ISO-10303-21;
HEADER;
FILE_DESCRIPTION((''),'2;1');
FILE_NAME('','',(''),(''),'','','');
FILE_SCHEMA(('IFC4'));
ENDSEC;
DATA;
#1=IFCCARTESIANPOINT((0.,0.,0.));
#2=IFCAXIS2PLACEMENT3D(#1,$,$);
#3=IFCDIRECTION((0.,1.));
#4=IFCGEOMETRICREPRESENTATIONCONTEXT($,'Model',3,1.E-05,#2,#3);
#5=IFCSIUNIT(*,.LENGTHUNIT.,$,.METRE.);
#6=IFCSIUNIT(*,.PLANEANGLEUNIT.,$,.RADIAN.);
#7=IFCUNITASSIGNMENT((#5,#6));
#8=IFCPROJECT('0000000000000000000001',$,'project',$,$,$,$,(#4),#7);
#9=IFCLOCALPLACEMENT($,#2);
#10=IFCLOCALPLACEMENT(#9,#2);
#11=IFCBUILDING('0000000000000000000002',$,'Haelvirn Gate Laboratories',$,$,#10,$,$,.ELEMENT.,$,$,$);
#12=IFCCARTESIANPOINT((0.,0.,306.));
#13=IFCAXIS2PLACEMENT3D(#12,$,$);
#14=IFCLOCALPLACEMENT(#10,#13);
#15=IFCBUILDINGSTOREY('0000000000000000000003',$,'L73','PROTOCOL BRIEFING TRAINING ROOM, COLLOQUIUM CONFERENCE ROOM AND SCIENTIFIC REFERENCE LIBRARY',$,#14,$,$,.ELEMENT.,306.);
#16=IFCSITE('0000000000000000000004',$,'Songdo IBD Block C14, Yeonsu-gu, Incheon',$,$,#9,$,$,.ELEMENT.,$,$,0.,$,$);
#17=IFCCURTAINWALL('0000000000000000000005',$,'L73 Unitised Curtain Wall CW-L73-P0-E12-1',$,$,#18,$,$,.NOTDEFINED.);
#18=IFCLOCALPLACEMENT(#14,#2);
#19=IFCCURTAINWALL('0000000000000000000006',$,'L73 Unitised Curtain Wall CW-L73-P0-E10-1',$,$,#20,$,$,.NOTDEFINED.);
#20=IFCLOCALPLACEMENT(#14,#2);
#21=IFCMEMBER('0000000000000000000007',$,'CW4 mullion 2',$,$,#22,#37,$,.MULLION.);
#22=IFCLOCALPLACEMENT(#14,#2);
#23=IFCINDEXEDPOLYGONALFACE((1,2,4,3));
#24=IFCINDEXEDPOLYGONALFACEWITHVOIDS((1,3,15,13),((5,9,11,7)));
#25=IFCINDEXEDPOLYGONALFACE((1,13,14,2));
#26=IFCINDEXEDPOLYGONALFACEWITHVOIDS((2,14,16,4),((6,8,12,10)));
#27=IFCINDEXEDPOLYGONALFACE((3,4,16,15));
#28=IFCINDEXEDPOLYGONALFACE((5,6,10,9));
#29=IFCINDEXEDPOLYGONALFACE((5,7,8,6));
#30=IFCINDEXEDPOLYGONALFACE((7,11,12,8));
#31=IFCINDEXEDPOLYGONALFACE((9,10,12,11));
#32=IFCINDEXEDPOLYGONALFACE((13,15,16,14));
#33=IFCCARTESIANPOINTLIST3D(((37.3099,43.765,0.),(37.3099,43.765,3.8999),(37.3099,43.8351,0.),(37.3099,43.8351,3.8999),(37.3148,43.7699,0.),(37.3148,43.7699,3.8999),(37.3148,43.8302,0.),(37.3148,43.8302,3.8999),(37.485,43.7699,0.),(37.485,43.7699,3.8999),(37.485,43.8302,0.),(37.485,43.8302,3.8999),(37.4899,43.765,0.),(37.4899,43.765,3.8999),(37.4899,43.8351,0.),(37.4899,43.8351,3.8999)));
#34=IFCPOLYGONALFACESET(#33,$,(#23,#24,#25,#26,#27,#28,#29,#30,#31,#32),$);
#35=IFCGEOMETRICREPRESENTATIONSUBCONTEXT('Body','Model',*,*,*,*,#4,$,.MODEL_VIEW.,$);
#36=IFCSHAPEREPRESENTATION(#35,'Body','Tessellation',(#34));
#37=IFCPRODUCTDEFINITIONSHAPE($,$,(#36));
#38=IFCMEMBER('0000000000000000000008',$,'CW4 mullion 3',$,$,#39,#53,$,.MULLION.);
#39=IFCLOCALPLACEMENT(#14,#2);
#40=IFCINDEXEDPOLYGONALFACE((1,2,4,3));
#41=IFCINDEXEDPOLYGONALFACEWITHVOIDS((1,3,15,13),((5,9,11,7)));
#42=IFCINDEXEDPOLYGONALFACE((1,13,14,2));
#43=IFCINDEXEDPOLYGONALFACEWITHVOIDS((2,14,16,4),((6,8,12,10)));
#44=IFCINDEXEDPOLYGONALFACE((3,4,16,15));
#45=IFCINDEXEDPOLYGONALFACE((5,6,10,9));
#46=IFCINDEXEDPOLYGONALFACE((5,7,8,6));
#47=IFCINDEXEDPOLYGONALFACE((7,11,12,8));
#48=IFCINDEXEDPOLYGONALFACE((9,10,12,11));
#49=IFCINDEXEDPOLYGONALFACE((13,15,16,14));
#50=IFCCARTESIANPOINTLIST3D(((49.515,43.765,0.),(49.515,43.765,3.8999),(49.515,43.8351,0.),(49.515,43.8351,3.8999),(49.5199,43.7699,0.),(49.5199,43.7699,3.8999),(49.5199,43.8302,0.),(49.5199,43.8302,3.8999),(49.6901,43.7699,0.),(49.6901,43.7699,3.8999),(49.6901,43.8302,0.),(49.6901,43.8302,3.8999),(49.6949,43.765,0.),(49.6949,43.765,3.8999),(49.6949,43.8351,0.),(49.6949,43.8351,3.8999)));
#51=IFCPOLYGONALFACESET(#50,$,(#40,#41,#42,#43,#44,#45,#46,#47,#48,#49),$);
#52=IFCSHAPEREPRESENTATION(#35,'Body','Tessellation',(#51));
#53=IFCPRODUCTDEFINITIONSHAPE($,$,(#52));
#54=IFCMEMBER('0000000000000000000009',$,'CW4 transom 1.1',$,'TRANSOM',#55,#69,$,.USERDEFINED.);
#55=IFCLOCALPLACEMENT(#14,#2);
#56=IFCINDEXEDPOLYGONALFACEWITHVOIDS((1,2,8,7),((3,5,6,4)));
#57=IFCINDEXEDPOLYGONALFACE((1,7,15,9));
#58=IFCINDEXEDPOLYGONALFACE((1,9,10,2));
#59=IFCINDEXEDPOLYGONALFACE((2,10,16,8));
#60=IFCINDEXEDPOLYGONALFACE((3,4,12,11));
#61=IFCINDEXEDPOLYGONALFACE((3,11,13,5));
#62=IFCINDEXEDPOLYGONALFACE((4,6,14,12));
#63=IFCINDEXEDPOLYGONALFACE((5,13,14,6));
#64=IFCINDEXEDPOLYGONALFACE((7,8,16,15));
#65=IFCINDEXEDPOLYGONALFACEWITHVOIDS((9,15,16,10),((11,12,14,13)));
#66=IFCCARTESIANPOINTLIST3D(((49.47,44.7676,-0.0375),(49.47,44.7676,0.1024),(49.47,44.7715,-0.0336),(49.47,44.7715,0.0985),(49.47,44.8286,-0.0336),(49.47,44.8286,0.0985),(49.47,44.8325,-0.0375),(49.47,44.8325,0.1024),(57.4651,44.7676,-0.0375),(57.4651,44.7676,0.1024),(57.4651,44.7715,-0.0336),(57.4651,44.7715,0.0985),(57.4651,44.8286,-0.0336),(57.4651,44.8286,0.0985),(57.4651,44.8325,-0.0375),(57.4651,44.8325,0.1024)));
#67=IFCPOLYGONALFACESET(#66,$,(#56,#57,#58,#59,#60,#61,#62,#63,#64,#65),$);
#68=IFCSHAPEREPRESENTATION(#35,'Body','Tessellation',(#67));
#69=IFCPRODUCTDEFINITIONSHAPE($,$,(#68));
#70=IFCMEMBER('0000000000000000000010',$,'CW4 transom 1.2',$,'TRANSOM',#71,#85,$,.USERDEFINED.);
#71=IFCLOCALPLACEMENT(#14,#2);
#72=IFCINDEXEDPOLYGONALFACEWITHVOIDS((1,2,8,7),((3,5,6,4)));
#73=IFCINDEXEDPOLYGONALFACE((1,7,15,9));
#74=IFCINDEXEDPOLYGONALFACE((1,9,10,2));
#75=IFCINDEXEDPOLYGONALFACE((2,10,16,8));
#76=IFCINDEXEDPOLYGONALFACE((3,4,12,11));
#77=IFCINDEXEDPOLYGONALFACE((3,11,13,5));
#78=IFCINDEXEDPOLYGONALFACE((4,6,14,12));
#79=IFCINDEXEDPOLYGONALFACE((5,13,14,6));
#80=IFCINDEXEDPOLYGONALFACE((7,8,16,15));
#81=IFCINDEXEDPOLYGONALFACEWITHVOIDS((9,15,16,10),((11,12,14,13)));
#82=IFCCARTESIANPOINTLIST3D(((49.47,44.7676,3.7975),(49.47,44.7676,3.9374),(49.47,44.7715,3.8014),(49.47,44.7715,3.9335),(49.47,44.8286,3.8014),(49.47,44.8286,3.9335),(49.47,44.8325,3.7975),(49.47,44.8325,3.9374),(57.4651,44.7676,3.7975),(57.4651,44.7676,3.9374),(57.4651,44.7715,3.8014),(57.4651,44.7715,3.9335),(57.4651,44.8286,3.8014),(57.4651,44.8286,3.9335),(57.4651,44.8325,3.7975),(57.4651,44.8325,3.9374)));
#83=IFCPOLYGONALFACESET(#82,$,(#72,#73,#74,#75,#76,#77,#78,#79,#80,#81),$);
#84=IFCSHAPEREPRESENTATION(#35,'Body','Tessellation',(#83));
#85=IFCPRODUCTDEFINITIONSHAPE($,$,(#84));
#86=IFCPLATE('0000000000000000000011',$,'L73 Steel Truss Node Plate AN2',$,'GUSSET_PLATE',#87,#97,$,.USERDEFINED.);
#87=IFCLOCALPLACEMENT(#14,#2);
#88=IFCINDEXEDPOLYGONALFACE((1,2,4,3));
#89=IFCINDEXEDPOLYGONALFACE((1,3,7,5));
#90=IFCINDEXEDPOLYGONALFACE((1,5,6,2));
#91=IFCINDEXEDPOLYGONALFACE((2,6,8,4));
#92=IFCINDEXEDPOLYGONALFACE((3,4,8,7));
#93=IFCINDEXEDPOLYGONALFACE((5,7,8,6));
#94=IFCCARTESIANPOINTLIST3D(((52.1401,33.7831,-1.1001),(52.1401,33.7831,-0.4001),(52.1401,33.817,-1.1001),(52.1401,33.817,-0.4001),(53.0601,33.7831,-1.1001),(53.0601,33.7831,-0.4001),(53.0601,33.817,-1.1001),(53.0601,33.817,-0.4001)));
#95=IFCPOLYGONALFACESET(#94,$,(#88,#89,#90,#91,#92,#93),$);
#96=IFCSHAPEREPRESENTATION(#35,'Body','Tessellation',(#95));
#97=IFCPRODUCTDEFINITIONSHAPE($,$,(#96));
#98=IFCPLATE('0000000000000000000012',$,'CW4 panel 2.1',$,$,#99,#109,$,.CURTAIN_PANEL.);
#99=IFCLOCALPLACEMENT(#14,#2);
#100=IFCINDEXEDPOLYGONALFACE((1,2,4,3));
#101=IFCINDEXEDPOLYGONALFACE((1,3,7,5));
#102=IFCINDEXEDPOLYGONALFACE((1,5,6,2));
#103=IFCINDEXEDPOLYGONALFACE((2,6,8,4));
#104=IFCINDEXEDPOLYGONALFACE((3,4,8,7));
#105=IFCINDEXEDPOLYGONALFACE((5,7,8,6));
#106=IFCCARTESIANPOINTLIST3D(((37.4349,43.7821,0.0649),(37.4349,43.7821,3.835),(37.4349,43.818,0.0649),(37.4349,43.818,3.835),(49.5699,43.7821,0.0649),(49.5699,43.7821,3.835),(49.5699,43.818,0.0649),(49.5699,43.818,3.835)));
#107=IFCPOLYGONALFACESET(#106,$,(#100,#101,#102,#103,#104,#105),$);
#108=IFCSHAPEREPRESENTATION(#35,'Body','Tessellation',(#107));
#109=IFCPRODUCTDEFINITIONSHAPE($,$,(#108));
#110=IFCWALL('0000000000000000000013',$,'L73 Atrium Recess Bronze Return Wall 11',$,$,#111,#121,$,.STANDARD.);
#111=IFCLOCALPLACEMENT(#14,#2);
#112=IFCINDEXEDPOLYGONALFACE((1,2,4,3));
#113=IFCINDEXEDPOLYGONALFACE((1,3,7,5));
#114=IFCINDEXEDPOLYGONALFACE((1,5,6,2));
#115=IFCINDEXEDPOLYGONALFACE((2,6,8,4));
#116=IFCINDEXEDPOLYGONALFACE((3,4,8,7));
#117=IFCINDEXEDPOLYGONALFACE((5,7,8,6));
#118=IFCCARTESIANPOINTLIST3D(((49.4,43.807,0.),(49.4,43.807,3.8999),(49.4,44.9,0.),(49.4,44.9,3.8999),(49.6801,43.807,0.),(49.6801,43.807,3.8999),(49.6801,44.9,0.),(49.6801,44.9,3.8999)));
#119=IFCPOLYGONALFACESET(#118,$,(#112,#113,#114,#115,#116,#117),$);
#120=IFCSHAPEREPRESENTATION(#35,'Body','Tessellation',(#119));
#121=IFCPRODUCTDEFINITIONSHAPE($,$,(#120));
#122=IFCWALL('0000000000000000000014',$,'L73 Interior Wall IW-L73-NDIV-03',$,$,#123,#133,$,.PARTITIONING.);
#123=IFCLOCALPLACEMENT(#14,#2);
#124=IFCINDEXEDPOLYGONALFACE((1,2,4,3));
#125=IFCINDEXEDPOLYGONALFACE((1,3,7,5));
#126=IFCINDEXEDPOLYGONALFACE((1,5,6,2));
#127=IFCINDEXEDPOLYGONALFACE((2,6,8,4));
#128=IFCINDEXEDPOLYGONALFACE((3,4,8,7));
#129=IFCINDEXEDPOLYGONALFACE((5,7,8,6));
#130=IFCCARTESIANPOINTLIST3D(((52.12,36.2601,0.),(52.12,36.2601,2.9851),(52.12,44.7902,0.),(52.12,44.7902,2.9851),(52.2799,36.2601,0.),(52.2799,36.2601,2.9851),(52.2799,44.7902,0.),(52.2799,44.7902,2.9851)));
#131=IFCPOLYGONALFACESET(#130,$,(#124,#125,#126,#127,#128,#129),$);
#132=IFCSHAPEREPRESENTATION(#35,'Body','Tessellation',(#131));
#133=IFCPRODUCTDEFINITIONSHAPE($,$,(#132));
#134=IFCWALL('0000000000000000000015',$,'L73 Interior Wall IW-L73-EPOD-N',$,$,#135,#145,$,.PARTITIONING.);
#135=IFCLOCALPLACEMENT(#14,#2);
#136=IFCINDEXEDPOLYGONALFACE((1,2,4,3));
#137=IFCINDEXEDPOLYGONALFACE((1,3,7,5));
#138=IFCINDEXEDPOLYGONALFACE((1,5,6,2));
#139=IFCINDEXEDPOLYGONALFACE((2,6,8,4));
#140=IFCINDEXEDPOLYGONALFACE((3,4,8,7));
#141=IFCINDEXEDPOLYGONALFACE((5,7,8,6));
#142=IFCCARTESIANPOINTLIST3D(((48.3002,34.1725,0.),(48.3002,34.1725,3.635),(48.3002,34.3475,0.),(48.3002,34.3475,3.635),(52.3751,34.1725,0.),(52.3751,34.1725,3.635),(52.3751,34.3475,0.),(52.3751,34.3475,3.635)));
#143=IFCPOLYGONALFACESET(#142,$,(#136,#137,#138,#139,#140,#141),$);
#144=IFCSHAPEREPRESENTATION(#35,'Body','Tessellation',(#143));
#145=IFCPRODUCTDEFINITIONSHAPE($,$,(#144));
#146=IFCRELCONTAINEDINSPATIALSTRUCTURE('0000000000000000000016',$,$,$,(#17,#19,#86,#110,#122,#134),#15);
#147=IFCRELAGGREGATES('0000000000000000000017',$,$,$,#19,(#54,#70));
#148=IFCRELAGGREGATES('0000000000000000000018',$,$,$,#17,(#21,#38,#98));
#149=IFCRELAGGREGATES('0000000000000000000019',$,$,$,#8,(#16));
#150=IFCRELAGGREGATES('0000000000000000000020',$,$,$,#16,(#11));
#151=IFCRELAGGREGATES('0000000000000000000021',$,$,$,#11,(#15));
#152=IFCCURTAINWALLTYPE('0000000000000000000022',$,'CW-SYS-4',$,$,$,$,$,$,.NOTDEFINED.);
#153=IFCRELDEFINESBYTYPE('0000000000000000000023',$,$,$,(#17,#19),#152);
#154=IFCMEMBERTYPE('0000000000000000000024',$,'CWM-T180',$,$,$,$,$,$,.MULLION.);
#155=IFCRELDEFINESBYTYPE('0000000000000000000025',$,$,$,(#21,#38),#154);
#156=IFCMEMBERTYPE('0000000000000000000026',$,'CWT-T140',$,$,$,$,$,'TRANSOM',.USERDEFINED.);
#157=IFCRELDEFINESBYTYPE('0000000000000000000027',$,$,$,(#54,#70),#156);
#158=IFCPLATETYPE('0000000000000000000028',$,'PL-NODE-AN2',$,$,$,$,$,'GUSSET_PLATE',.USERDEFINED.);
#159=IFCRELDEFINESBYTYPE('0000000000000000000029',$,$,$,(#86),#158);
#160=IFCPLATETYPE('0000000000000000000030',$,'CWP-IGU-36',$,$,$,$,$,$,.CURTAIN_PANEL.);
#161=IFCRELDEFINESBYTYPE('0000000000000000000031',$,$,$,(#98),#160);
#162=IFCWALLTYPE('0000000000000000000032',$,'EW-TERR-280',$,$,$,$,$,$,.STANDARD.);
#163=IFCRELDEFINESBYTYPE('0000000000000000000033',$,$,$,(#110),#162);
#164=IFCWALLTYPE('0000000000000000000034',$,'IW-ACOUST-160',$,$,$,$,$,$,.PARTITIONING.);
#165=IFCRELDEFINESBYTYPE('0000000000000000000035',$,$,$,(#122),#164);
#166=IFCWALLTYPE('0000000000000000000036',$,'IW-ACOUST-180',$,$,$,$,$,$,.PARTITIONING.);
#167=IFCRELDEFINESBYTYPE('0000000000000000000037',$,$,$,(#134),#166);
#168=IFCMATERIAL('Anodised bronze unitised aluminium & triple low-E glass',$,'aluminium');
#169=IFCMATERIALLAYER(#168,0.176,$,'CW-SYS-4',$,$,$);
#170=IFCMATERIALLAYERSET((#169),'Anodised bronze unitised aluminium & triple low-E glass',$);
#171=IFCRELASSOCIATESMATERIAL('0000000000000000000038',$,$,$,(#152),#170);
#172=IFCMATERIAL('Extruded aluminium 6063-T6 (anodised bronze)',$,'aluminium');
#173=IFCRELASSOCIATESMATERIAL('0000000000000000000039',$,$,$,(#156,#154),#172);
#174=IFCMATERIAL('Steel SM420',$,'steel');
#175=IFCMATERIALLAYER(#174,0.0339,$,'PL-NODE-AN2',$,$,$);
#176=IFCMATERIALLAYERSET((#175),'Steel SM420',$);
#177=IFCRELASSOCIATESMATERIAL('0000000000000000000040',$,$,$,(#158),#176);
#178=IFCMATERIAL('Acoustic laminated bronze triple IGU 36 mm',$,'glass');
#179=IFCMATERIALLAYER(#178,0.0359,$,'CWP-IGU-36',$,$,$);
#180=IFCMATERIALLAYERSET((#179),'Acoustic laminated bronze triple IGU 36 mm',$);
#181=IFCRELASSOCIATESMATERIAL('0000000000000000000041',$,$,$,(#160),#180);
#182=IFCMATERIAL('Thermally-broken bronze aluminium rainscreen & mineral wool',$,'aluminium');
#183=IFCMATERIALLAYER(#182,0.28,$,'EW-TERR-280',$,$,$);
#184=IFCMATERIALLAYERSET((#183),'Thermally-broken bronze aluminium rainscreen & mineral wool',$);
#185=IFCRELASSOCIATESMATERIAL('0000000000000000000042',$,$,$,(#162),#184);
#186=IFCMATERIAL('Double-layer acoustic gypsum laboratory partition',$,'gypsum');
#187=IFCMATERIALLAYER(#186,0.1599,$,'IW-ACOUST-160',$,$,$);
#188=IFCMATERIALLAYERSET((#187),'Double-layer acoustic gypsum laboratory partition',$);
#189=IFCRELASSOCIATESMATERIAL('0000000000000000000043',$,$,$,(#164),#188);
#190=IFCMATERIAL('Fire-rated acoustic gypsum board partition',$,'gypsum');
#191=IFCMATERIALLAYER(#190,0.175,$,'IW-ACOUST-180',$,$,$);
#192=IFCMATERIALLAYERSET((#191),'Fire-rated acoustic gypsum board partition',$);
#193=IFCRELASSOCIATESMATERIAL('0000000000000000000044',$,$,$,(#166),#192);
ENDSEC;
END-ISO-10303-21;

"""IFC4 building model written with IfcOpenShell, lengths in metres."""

from ifc_helpers import new_model, si_unit, direction, frame, frame_2d, origin, origin_2d, place, context, subcontext, project, spatial, rectangle, hollow_rectangle, extrude, source, transform, mapped, material, layer, layer_set, material_profile, profile_set, type_object, type_shapes, element, aggregate, save


model = new_model("IFC4")

# Units and contexts
model_context = context("Model", 3, precision=1e-05, world=origin(), true_north=direction((0.0, 1.0)))
body_context = subcontext(model_context, "Body", "Model", "MODEL_VIEW")
ifc_project = project(units=[si_unit("LENGTHUNIT", "METRE"), si_unit("PLANEANGLEUNIT", "RADIAN")], contexts=[model_context])

# Site, building, storey
site_placement = place(None, origin())
site = spatial("IfcSite", under=ifc_project, at=site_placement, Name="Songdo IBD Block C14, Yeonsu-gu, Incheon", CompositionType="ELEMENT", RefElevation=0.0)
building_placement = place(site_placement, origin())
building = spatial("IfcBuilding", under=site, at=building_placement, Name="Haelvirn Gate Laboratories", CompositionType="ELEMENT")
storey_placement = place(building_placement, frame((0.0, 0.0, 306.0)))
storey = spatial("IfcBuildingStorey", under=building, at=storey_placement, Name="L73", Description="PROTOCOL BRIEFING TRAINING ROOM, COLLOQUIUM CONFERENCE ROOM AND SCIENTIFIC REFERENCE LIBRARY", CompositionType="ELEMENT", Elevation=306.0)

# Shared definitions
ifc_material_1 = material(Name="Steel SM420", Category="steel")

# Curtain wall
ifc_material_2 = material(Name="Anodised bronze unitised aluminium & triple low-E glass", Category="aluminium")
ifc_layer_1 = layer(ifc_material_2, 0.176, Name="CW-SYS-4")
ifc_layer_set_1 = layer_set([ifc_layer_1], Name="Anodised bronze unitised aluminium & triple low-E glass")
curtain_wall_type = type_object("IfcCurtainWallType", Name="CW-SYS-4", PredefinedType="NOTDEFINED", material=ifc_layer_set_1)
curtain_wall_1_placement = place(storey_placement, origin())
curtain_wall_1 = element("IfcCurtainWall", 1, at=curtain_wall_1_placement, inside=storey, type_object=curtain_wall_type, Name="L73 Unitised Curtain Wall CW-L73-P0-E12-1", PredefinedType="NOTDEFINED")
ifc_material_3 = material(Name="Extruded aluminium 6063-T6 (anodised bronze)", Category="aluminium")
ifc_material_profile_1 = material_profile(ifc_material_3, hollow_rectangle(XDim=0.0649, YDim=0.1399, WallThickness=0.0039, at=origin_2d()), Name="CWT-140x65x4")
ifc_profile_set_1 = profile_set([ifc_material_profile_1], Name="Extruded aluminium 6063-T6 (anodised bronze)")
member_type_1 = type_object("IfcMemberType", Name="CWT-T140", ElementType="TRANSOM", PredefinedType="USERDEFINED", material=ifc_profile_set_1)

# Curtain wall
curtain_wall_2_placement = place(storey_placement, origin())
curtain_wall_2 = element("IfcCurtainWall", 2, at=curtain_wall_2_placement, inside=storey, type_object=curtain_wall_type, Name="L73 Unitised Curtain Wall CW-L73-P0-E10-1", PredefinedType="NOTDEFINED")
ifc_material_profile_2 = material_profile(ifc_material_3, hollow_rectangle(XDim=0.0701, YDim=0.1799, WallThickness=0.0049, at=origin_2d()), Name="CWM-180x70x5")
ifc_profile_set_2 = profile_set([ifc_material_profile_2], Name="Extruded aluminium 6063-T6 (anodised bronze)")
member_type_2 = type_object("IfcMemberType", Name="CWM-T180", PredefinedType="MULLION", material=ifc_profile_set_2)
shared_shape_1 = source(origin(), body_context, "Body", "SweptSolid", [
    extrude(hollow_rectangle(XDim=0.0701, YDim=0.1799, WallThickness=0.0049, at=origin_2d()), origin(), (0.0, 0.0, 1.0), 3.8999),
])
type_shapes(member_type_2, [shared_shape_1])

# Members
member_1_placement = place(storey_placement, frame((37.3999, 43.8, 0.0), z_axis=(0.0, 0.0, 1.0), x_axis=(0.0, 1.0, 0.0)))
member_1 = element("IfcMember", 3, at=member_1_placement, type_object=member_type_2, Name="CW4 mullion 2", PredefinedType="MULLION", context=body_context, shape_type="MappedRepresentation", body=[
    mapped(shared_shape_1, transform((0.0, 0.0, 0.0), scale=1.0)),
])
member_2_placement = place(storey_placement, frame((49.605, 43.8, 0.0), z_axis=(0.0, 0.0, 1.0), x_axis=(0.0, 1.0, 0.0)))
member_2 = element("IfcMember", 4, at=member_2_placement, type_object=member_type_2, Name="CW4 mullion 3", PredefinedType="MULLION", context=body_context, shape_type="MappedRepresentation", body=[
    mapped(shared_shape_1, transform((0.0, 0.0, 0.0), scale=1.0)),
])
shared_shape_2 = source(origin(), body_context, "Body", "SweptSolid", [
    extrude(hollow_rectangle(XDim=0.0649, YDim=0.1399, WallThickness=0.0039, at=origin_2d()), origin(), (0.0, 0.0, 1.0), 7.9951),
])
member_3_placement = place(storey_placement, frame((49.47, 44.8, 0.0325), z_axis=(1.0, 0.0, 0.0), x_axis=(0.0, 1.0, 0.0)))
member_3 = element("IfcMember", 5, at=member_3_placement, type_object=member_type_1, Name="CW4 transom 1.1", ObjectType="TRANSOM", PredefinedType="USERDEFINED", context=body_context, shape_type="MappedRepresentation", body=[
    mapped(shared_shape_2, transform((0.0, 0.0, 0.0), scale=1.0)),
])
member_4_placement = place(storey_placement, frame((49.47, 44.8, 3.8674), z_axis=(1.0, 0.0, 0.0), x_axis=(0.0, 1.0, 0.0)))
member_4 = element("IfcMember", 6, at=member_4_placement, type_object=member_type_1, Name="CW4 transom 1.2", ObjectType="TRANSOM", PredefinedType="USERDEFINED", context=body_context, shape_type="MappedRepresentation", body=[
    mapped(shared_shape_2, transform((0.0, 0.0, 0.0), scale=1.0)),
])
aggregate(curtain_wall_2, [member_3, member_4])

# Plates
ifc_layer_2 = layer(ifc_material_1, 0.0339, Name="PL-NODE-AN2")
ifc_layer_set_2 = layer_set([ifc_layer_2], Name="Steel SM420")
plate_type_1 = type_object("IfcPlateType", Name="PL-NODE-AN2", ElementType="GUSSET_PLATE", PredefinedType="USERDEFINED", material=ifc_layer_set_2)
shared_shape_3 = source(origin(), body_context, "Body", "SweptSolid", [
    extrude(rectangle(XDim=0.9199, YDim=0.0339, at=origin_2d()), origin(), (0.0, 0.0, 1.0), 0.7),
])
type_shapes(plate_type_1, [shared_shape_3])
plate_1_placement = place(storey_placement, frame((52.6001, 33.8, -1.1001), z_axis=(0.0, 0.0, 1.0), x_axis=(1.0, 0.0, 0.0)))
element("IfcPlate", 7, at=plate_1_placement, inside=storey, type_object=plate_type_1, Name="L73 Steel Truss Node Plate AN2", ObjectType="GUSSET_PLATE", PredefinedType="USERDEFINED", context=body_context, shape_type="MappedRepresentation", body=[
    mapped(shared_shape_3, transform((0.0, 0.0, 0.0), scale=1.0)),
])
ifc_material_4 = material(Name="Acoustic laminated bronze triple IGU 36 mm", Category="glass")
ifc_layer_3 = layer(ifc_material_4, 0.0359, Name="CWP-IGU-36")
ifc_layer_set_3 = layer_set([ifc_layer_3], Name="Acoustic laminated bronze triple IGU 36 mm")
plate_type_2 = type_object("IfcPlateType", Name="CWP-IGU-36", PredefinedType="CURTAIN_PANEL", material=ifc_layer_set_3)
shared_shape_4 = source(origin(), body_context, "Body", "SweptSolid", [
    extrude(rectangle(XDim=12.135, YDim=0.0359, at=origin_2d()), origin(), (0.0, 0.0, 1.0), 3.77),
])
type_shapes(plate_type_2, [shared_shape_4])
plate_2_placement = place(storey_placement, frame((43.5024, 43.8, 0.0649), z_axis=(0.0, 0.0, 1.0), x_axis=(1.0, 0.0, 0.0)))
plate_2 = element("IfcPlate", 8, at=plate_2_placement, type_object=plate_type_2, Name="CW4 panel 2.1", PredefinedType="CURTAIN_PANEL", context=body_context, shape_type="MappedRepresentation", body=[
    mapped(shared_shape_4, transform((0.0, 0.0, 0.0), scale=1.0)),
])
aggregate(curtain_wall_1, [member_1, member_2, plate_2])

# Walls
ifc_material_5 = material(Name="Thermally-broken bronze aluminium rainscreen & mineral wool", Category="aluminium")
ifc_layer_4 = layer(ifc_material_5, 0.28, Name="EW-TERR-280")
ifc_layer_set_4 = layer_set([ifc_layer_4], Name="Thermally-broken bronze aluminium rainscreen & mineral wool")
wall_type_1 = type_object("IfcWallType", Name="EW-TERR-280", PredefinedType="STANDARD", material=ifc_layer_set_4)
wall_1_placement = place(storey_placement, frame((49.54, 44.8999, 0.0), z_axis=(0.0, 0.0, 1.0), x_axis=(0.0, -1.0, 0.0)))
element("IfcWall", 9, at=wall_1_placement, inside=storey, type_object=wall_type_1, Name="L73 Atrium Recess Bronze Return Wall 11", PredefinedType="STANDARD", context=body_context, shape_type="SweptSolid", body=[
    extrude(rectangle(XDim=1.093, YDim=0.28, at=frame_2d((0.5464, 0.0))), origin(), (0.0, 0.0, 1.0), 3.8999),
])
ifc_material_6 = material(Name="Double-layer acoustic gypsum laboratory partition", Category="gypsum")
ifc_layer_5 = layer(ifc_material_6, 0.1599, Name="IW-ACOUST-160")
ifc_layer_set_5 = layer_set([ifc_layer_5], Name="Double-layer acoustic gypsum laboratory partition")
wall_type_2 = type_object("IfcWallType", Name="IW-ACOUST-160", PredefinedType="PARTITIONING", material=ifc_layer_set_5)
wall_2_placement = place(storey_placement, frame((52.2, 36.26, 0.0), z_axis=(0.0, 0.0, 1.0), x_axis=(0.0, 1.0, 0.0)))
element("IfcWall", 10, at=wall_2_placement, inside=storey, type_object=wall_type_2, Name="L73 Interior Wall IW-L73-NDIV-03", PredefinedType="PARTITIONING", context=body_context, shape_type="SweptSolid", body=[
    extrude(rectangle(XDim=8.53, YDim=0.1599, at=frame_2d((4.2651, 0.0))), origin(), (0.0, 0.0, 1.0), 2.9851),
])
ifc_material_7 = material(Name="Fire-rated acoustic gypsum board partition", Category="gypsum")
ifc_layer_6 = layer(ifc_material_7, 0.175, Name="IW-ACOUST-180")
ifc_layer_set_6 = layer_set([ifc_layer_6], Name="Fire-rated acoustic gypsum board partition")
wall_type_3 = type_object("IfcWallType", Name="IW-ACOUST-180", PredefinedType="PARTITIONING", material=ifc_layer_set_6)
wall_3_placement = place(storey_placement, frame((48.3, 34.26, 0.0), z_axis=(0.0, 0.0, 1.0), x_axis=(1.0, 0.0, 0.0)))
element("IfcWall", 11, at=wall_3_placement, inside=storey, type_object=wall_type_3, Name="L73 Interior Wall IW-L73-EPOD-N", PredefinedType="PARTITIONING", context=body_context, shape_type="SweptSolid", body=[
    extrude(rectangle(XDim=4.075, YDim=0.175, at=frame_2d((2.0376, 0.0))), origin(), (0.0, 0.0, 1.0), 3.635),
])

save(model, "model.ifc")
